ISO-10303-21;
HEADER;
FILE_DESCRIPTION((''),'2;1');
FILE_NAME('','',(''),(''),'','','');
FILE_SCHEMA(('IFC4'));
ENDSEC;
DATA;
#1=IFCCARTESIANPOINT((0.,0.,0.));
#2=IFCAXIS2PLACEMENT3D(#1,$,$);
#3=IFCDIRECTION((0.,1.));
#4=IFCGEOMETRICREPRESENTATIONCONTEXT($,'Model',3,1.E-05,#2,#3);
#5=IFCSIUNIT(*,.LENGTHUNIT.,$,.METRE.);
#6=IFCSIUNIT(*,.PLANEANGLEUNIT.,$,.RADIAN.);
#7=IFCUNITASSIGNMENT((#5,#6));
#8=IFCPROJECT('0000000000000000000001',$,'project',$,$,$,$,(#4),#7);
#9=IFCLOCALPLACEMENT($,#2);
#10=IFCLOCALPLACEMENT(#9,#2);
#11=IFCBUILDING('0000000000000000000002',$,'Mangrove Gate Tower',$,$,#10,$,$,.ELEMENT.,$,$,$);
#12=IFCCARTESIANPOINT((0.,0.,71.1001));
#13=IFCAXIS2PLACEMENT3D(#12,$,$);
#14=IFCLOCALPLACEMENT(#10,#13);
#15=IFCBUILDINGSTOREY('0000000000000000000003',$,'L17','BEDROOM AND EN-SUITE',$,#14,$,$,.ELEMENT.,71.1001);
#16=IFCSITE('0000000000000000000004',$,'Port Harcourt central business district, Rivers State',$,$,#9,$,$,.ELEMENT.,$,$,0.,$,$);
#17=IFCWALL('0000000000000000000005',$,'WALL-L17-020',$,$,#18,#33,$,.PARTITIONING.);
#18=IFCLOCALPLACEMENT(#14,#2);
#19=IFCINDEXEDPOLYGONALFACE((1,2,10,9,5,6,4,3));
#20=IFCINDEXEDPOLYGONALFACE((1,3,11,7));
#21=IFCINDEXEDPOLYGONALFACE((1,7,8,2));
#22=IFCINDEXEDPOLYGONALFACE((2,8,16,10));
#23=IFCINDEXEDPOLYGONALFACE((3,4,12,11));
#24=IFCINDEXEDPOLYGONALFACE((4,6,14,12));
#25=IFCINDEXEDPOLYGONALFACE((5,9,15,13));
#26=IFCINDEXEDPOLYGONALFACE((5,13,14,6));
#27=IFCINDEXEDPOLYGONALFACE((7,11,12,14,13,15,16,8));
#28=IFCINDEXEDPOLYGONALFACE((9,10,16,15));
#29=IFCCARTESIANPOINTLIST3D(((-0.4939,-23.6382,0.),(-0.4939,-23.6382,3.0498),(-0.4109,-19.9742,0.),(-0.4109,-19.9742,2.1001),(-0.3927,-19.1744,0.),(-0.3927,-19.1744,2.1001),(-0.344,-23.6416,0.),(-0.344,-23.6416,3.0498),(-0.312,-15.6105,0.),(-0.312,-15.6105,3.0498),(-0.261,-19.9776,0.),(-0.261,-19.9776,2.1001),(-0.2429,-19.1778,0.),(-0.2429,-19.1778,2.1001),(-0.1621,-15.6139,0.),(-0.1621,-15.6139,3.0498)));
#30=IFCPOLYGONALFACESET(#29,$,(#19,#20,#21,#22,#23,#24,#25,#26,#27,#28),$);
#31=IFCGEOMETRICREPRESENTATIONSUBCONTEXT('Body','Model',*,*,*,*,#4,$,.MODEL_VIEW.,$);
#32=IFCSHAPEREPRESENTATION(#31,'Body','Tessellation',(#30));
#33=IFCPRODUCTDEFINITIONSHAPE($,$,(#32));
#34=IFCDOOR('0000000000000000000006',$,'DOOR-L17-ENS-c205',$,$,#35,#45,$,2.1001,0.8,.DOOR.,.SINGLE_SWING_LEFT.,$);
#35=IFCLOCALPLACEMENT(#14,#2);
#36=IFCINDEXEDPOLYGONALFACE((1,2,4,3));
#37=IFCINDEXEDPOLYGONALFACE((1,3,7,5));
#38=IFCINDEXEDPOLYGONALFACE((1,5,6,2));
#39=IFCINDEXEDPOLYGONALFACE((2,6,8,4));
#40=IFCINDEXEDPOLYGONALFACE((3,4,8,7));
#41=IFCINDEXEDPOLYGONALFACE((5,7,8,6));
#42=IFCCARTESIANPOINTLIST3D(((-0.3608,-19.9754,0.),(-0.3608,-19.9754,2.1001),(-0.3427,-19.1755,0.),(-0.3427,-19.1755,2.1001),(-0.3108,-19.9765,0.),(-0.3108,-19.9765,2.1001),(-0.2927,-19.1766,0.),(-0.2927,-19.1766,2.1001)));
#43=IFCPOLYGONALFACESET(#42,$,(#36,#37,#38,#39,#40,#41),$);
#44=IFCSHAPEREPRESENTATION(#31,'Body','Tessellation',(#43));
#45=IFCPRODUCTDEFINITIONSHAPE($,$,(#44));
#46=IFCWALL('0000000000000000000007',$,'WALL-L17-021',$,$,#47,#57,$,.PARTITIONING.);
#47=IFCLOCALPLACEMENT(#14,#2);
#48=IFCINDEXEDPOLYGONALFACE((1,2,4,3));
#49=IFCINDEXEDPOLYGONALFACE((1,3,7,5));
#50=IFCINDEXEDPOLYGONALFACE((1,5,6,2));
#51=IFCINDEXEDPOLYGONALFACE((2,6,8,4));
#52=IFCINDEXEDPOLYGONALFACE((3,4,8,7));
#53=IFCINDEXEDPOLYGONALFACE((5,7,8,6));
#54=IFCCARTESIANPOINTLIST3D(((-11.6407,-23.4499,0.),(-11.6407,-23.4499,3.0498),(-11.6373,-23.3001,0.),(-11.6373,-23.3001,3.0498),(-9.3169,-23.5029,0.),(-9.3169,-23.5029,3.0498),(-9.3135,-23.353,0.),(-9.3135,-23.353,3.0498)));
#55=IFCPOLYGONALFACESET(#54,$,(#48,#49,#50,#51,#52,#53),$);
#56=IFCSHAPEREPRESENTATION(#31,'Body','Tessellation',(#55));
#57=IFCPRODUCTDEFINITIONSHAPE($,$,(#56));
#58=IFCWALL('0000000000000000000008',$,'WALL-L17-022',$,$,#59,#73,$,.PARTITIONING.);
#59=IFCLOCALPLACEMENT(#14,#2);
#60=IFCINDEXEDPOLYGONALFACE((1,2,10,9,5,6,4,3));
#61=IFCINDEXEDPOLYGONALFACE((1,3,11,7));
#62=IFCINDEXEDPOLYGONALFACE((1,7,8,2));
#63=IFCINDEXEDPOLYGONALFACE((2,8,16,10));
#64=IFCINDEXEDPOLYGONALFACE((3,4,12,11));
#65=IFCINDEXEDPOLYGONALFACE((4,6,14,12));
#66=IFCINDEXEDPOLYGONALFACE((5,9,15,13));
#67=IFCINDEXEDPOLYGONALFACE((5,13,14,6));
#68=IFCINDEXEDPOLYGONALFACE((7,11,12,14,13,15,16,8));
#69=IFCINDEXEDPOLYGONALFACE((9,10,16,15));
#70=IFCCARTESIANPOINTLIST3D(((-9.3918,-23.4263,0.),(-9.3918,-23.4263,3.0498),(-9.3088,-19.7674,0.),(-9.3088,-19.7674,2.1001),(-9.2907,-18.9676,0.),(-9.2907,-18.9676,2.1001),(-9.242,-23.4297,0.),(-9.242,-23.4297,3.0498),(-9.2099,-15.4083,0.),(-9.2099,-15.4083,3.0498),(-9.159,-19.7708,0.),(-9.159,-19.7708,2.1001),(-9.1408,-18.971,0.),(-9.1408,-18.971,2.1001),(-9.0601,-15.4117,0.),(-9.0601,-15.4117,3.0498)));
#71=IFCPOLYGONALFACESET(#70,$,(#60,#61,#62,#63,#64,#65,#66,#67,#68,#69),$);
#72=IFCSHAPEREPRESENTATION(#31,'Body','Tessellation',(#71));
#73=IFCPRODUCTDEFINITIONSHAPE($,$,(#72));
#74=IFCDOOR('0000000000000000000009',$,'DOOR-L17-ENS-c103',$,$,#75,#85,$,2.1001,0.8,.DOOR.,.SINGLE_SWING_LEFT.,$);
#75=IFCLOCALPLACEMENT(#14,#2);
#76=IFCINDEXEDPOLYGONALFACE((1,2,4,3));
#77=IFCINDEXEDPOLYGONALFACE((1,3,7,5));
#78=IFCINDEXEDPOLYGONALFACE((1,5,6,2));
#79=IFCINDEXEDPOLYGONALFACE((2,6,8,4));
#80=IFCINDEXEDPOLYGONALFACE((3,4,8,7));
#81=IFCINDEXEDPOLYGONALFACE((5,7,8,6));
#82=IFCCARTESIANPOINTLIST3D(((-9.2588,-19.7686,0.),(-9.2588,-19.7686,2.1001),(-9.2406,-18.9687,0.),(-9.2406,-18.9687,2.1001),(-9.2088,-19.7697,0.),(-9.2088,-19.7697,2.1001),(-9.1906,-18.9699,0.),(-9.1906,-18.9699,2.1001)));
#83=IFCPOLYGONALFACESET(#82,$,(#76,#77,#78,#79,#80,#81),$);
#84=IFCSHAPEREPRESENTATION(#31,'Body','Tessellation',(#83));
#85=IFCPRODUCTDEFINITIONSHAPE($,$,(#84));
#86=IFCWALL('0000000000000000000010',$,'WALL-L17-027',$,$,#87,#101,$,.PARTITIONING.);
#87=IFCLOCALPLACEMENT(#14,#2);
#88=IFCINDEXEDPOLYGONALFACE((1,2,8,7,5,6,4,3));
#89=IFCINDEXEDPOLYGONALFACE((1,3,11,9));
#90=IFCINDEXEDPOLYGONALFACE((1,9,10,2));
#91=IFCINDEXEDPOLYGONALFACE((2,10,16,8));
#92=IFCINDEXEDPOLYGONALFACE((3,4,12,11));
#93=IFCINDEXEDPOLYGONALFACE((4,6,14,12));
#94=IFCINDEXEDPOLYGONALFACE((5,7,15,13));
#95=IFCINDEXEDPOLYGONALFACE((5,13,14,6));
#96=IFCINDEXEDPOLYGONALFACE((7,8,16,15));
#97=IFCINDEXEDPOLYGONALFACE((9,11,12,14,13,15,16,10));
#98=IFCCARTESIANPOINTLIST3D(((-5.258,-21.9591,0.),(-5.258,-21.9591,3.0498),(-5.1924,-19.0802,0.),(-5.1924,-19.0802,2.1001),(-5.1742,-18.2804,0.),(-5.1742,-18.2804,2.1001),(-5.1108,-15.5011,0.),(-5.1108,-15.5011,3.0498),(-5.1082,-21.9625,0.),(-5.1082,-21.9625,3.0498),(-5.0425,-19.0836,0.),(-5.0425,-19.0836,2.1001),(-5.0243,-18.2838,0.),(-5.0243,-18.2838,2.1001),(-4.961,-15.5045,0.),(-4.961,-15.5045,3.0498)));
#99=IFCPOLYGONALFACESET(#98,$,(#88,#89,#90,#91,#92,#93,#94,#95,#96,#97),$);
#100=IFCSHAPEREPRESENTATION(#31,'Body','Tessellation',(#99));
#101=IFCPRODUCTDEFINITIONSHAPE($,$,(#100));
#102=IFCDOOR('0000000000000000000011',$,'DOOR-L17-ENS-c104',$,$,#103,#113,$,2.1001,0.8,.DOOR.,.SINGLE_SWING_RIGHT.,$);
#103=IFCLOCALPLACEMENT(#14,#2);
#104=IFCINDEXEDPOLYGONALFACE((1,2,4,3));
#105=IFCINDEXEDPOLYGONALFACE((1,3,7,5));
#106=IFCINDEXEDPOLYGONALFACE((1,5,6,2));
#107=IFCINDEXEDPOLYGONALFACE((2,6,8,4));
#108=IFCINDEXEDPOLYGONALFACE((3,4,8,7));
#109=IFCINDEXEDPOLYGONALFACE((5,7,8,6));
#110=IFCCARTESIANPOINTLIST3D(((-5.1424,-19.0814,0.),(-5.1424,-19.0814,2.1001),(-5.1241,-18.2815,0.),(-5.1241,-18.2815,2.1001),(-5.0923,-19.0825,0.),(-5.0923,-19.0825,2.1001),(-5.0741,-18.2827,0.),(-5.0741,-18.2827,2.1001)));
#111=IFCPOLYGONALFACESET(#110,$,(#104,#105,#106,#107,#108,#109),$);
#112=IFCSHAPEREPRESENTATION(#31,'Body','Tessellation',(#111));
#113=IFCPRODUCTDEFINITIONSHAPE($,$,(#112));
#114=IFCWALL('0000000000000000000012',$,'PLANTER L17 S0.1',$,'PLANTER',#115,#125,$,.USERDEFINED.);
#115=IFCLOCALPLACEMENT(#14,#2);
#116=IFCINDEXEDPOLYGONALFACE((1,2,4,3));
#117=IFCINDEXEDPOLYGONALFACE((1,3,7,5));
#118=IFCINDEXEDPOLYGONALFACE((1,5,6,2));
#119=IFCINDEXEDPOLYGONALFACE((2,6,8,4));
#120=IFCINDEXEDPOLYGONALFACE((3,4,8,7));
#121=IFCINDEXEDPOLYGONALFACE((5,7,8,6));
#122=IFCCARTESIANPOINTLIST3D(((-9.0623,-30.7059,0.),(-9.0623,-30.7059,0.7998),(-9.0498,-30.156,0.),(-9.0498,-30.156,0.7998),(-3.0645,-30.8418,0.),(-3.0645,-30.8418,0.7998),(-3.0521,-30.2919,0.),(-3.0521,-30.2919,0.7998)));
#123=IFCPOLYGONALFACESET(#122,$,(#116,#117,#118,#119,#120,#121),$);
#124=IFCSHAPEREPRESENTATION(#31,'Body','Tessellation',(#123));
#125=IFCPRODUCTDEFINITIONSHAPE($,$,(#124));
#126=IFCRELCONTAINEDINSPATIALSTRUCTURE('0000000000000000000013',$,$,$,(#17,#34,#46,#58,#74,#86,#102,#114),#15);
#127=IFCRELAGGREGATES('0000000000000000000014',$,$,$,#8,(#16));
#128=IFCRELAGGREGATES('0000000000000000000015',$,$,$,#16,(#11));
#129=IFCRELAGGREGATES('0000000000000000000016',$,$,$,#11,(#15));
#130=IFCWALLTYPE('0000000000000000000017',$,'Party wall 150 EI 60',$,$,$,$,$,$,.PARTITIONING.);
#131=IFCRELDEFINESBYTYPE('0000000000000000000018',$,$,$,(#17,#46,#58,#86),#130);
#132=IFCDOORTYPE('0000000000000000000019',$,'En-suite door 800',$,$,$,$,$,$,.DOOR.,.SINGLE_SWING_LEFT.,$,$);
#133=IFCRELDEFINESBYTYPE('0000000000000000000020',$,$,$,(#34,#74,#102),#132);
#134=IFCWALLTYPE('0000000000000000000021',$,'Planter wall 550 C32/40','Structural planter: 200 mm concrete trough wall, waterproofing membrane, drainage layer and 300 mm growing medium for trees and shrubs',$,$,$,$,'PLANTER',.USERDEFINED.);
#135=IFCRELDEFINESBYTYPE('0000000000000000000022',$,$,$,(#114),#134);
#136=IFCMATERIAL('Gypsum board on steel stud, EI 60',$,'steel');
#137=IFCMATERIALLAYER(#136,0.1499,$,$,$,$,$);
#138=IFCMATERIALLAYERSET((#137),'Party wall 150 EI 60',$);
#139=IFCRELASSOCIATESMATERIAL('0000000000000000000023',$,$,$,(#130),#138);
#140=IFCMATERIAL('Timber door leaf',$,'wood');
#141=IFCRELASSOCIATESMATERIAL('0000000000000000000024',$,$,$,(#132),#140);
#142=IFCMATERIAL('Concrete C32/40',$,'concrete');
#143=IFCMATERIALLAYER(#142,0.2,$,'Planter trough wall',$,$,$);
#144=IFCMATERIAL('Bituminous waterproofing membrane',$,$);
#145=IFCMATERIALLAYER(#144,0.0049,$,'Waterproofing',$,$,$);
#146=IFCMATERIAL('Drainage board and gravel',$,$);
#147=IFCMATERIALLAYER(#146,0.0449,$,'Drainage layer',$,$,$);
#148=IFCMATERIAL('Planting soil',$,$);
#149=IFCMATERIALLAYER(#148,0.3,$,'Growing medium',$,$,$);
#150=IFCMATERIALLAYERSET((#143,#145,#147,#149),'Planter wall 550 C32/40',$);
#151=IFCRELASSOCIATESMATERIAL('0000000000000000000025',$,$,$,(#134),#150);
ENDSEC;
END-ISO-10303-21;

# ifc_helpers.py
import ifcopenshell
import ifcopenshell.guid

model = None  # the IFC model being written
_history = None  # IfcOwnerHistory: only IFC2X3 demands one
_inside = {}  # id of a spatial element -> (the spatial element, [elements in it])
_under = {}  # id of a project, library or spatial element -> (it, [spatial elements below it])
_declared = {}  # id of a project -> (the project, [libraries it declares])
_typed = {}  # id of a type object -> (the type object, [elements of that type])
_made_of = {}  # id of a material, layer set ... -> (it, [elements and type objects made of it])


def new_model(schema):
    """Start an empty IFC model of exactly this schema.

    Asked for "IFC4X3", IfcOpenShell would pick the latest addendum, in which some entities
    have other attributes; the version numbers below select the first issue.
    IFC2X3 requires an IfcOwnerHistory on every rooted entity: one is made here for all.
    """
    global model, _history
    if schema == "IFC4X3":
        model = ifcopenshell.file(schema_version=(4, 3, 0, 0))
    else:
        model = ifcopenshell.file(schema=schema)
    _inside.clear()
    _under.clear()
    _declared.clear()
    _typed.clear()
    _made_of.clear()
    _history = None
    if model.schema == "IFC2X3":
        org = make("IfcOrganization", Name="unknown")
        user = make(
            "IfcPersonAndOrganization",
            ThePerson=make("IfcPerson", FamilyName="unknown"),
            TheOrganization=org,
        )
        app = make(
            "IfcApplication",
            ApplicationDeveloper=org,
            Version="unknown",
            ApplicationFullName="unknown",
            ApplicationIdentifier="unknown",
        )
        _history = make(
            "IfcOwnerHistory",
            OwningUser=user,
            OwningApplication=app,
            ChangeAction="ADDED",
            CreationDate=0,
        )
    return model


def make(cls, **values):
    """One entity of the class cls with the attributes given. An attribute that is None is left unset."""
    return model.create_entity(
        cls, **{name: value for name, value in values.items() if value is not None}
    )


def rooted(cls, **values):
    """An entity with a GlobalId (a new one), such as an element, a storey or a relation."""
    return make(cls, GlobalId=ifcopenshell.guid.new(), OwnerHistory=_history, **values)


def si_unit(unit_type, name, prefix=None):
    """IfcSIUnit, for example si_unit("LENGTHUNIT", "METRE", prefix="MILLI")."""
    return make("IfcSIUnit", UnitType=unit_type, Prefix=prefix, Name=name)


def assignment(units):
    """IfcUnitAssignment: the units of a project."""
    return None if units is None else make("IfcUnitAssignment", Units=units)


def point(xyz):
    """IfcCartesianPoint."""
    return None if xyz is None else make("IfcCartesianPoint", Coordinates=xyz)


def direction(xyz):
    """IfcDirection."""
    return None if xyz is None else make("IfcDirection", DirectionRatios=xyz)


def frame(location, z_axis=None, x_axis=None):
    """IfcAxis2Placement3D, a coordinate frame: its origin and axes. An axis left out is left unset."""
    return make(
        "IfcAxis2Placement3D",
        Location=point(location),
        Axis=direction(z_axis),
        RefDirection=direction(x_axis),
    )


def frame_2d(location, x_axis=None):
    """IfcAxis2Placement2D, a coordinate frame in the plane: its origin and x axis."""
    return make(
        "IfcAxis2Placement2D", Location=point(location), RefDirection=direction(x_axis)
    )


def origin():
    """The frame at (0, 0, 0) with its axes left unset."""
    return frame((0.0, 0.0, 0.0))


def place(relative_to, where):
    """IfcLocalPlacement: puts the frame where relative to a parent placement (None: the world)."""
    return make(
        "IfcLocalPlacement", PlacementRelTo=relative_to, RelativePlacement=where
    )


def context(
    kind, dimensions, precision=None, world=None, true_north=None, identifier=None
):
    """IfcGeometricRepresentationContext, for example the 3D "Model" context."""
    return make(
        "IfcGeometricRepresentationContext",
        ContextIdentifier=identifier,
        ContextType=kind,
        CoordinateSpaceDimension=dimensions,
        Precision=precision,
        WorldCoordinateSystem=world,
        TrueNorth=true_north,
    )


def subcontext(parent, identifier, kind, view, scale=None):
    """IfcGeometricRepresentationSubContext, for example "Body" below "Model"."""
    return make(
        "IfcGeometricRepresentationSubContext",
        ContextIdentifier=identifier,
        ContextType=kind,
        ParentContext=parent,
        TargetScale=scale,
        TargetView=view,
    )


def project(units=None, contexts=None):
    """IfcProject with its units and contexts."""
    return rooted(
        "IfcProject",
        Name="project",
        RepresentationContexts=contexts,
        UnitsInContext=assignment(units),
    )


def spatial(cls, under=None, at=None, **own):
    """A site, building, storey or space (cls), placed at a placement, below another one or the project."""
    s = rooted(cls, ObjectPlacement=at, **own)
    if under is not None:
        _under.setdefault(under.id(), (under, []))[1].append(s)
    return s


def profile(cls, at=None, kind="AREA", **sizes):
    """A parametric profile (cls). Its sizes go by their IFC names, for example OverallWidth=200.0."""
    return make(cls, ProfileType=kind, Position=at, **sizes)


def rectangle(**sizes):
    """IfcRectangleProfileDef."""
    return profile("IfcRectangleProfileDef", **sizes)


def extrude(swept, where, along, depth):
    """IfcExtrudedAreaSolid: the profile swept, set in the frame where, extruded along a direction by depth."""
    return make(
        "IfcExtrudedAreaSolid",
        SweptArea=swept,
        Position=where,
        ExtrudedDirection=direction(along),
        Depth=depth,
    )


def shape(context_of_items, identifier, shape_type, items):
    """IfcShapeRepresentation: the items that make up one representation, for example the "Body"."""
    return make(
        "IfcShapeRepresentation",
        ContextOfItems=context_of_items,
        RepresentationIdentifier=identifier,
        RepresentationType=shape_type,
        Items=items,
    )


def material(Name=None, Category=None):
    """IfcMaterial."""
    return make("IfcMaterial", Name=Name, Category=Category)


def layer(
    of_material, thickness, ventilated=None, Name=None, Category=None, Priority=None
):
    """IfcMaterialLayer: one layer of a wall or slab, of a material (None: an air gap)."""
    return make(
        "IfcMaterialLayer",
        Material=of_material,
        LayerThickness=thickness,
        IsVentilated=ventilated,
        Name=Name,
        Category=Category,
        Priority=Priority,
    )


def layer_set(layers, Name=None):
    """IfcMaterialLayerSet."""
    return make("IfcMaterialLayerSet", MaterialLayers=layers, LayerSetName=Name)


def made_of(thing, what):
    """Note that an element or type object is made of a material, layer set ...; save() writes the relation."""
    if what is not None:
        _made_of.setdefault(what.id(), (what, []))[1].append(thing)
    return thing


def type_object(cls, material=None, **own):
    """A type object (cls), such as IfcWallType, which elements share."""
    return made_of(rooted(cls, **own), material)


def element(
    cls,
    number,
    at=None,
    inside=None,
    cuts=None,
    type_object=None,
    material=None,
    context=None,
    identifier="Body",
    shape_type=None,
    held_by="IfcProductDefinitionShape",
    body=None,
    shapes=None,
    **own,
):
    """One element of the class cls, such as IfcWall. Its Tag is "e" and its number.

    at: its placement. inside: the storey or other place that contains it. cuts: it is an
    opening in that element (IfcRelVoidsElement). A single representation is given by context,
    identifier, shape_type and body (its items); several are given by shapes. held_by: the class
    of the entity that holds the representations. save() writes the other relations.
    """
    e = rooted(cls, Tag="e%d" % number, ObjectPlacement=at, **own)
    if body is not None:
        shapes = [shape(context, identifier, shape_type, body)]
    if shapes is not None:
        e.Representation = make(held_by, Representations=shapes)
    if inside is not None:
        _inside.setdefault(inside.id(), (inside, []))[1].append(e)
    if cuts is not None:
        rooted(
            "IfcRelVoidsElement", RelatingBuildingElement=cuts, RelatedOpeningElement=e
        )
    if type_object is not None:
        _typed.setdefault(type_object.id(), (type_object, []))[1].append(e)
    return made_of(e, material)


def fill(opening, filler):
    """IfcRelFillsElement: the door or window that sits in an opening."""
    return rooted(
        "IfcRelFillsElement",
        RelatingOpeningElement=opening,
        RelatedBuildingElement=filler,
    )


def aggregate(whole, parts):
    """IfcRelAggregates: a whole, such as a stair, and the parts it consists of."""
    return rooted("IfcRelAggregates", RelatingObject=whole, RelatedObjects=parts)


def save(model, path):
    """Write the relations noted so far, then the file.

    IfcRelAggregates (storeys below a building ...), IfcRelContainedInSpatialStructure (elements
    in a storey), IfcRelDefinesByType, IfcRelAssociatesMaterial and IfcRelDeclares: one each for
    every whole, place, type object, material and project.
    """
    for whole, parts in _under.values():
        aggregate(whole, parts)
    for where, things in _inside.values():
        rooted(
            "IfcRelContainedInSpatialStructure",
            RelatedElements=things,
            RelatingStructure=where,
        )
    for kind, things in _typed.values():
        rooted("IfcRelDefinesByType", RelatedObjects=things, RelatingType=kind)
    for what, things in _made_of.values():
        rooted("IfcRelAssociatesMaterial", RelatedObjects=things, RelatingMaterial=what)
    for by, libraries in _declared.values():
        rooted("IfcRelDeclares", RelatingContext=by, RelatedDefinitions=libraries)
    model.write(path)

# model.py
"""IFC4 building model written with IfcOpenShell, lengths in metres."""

from ifc_helpers import new_model, si_unit, direction, frame, frame_2d, origin, place, context, subcontext, project, spatial, rectangle, extrude, material, layer, layer_set, type_object, element, fill, save


model = new_model("IFC4")

# Units and contexts
model_context = context("Model", 3, precision=1e-05, world=origin(), true_north=direction((0.0, 1.0)))
body_context = subcontext(model_context, "Body", "Model", "MODEL_VIEW")
ifc_project = project(units=[si_unit("LENGTHUNIT", "METRE"), si_unit("PLANEANGLEUNIT", "RADIAN")], contexts=[model_context])

# Site, building, storey
site_placement = place(None, origin())
site = spatial("IfcSite", under=ifc_project, at=site_placement, Name="Port Harcourt central business district, Rivers State", CompositionType="ELEMENT", RefElevation=0.0)
building_placement = place(site_placement, origin())
building = spatial("IfcBuilding", under=site, at=building_placement, Name="Mangrove Gate Tower", CompositionType="ELEMENT")
storey_placement = place(building_placement, frame((0.0, 0.0, 71.1001)))
storey = spatial("IfcBuildingStorey", under=building, at=storey_placement, Name="L17", Description="BEDROOM AND EN-SUITE", CompositionType="ELEMENT", Elevation=71.1001)

# Shared definitions
ifc_material_1 = material(Name="Gypsum board on steel stud, EI 60", Category="steel")
ifc_layer_1 = layer(ifc_material_1, 0.1499)
ifc_layer_set_1 = layer_set([ifc_layer_1], Name="Party wall 150 EI 60")
wall_type_1 = type_object("IfcWallType", Name="Party wall 150 EI 60", PredefinedType="PARTITIONING", material=ifc_layer_set_1)

# Shared definitions
ifc_material_2 = material(Name="Timber door leaf", Category="wood")
door_type = type_object("IfcDoorType", Name="En-suite door 800", OperationType="SINGLE_SWING_LEFT", PredefinedType="DOOR", material=ifc_material_2)

# Wall, opening, door
wall_1_placement = place(storey_placement, frame((-0.4189, -23.6399, 0.0), z_axis=(0.0, 0.0, 1.0), x_axis=(0.022651, 0.999743, 0.0)))
wall_1 = element("IfcWall", 1, at=wall_1_placement, inside=storey, type_object=wall_type_1, Name="WALL-L17-020", PredefinedType="PARTITIONING", context=body_context, shape_type="SweptSolid", body=[
    extrude(rectangle(XDim=8.0298, YDim=0.1499, at=frame_2d((4.0149, 0.0))), origin(), (0.0, 0.0, 1.0), 3.0498),
])
opening_1_placement = place(wall_1_placement, frame((3.665, 0.0, 0.0)))
opening_1 = element("IfcOpeningElement", 2, at=opening_1_placement, cuts=wall_1, PredefinedType="OPENING", context=body_context, shape_type="SweptSolid", body=[
    extrude(rectangle(XDim=0.8, YDim=2.1001, at=frame_2d((0.3999, 1.05))), frame((0.0, 0.085, 0.0), z_axis=(0.0, -1.0, 0.0), x_axis=(1.0, 0.0, 0.0)), (0.0, 0.0, 1.0), 0.1699),
])
door_1_placement = place(opening_1_placement, origin())
door_1 = element("IfcDoor", 3, at=door_1_placement, inside=storey, type_object=door_type, Name="DOOR-L17-ENS-c205", OperationType="SINGLE_SWING_LEFT", OverallHeight=2.1001, OverallWidth=0.8, PredefinedType="DOOR", context=body_context, shape_type="SweptSolid", body=[
    extrude(rectangle(XDim=0.8, YDim=2.1001, at=frame_2d((0.3999, 1.05))), frame((0.0, 0.0249, 0.0), z_axis=(0.0, -1.0, 0.0), x_axis=(1.0, 0.0, 0.0)), (0.0, 0.0, 1.0), 0.05),
])
fill(opening_1, door_1)

# Wall
wall_2_placement = place(storey_placement, frame((-11.6389, -23.375, 0.0), z_axis=(0.0, 0.0, 1.0), x_axis=(0.99974, -0.022791, 0.0)))
element("IfcWall", 4, at=wall_2_placement, inside=storey, type_object=wall_type_1, Name="WALL-L17-021", PredefinedType="PARTITIONING", context=body_context, shape_type="SweptSolid", body=[
    extrude(rectangle(XDim=2.3245, YDim=0.1499, at=frame_2d((1.1621, 0.0))), origin(), (0.0, 0.0, 1.0), 3.0498),
])

# Walls, openings, doors
wall_3_placement = place(storey_placement, frame((-9.3169, -23.428, 0.0), z_axis=(0.0, 0.0, 1.0), x_axis=(0.022679, 0.999743, 0.0)))
wall_3 = element("IfcWall", 5, at=wall_3_placement, inside=storey, type_object=wall_type_1, Name="WALL-L17-022", PredefinedType="PARTITIONING", context=body_context, shape_type="SweptSolid", body=[
    extrude(rectangle(XDim=8.02, YDim=0.1499, at=frame_2d((4.01, 0.0))), origin(), (0.0, 0.0, 1.0), 3.0498),
])
opening_2_placement = place(wall_3_placement, frame((3.6599, 0.0, 0.0)))
opening_2 = element("IfcOpeningElement", 6, at=opening_2_placement, cuts=wall_3, PredefinedType="OPENING", context=body_context, shape_type="SweptSolid", body=[
    extrude(rectangle(XDim=0.8, YDim=2.1001, at=frame_2d((0.3999, 1.05))), frame((0.0, 0.085, 0.0), z_axis=(0.0, -1.0, 0.0), x_axis=(1.0, 0.0, 0.0)), (0.0, 0.0, 1.0), 0.1699),
])
door_2_placement = place(opening_2_placement, origin())
door_2 = element("IfcDoor", 7, at=door_2_placement, inside=storey, type_object=door_type, Name="DOOR-L17-ENS-c103", OperationType="SINGLE_SWING_LEFT", OverallHeight=2.1001, OverallWidth=0.8, PredefinedType="DOOR", context=body_context, shape_type="SweptSolid", body=[
    extrude(rectangle(XDim=0.8, YDim=2.1001, at=frame_2d((0.3999, 1.05))), frame((0.0, 0.0249, 0.0), z_axis=(0.0, -1.0, 0.0), x_axis=(1.0, 0.0, 0.0)), (0.0, 0.0, 1.0), 0.05),
])
fill(opening_2, door_2)
wall_4_placement = place(storey_placement, frame((-5.1831, -21.9609, 0.0), z_axis=(0.0, 0.0, 1.0), x_axis=(0.02279, 0.99974, 0.0)))
wall_4 = element("IfcWall", 8, at=wall_4_placement, inside=storey, type_object=wall_type_1, Name="WALL-L17-027", PredefinedType="PARTITIONING", context=body_context, shape_type="SweptSolid", body=[
    extrude(rectangle(XDim=6.4597, YDim=0.1499, at=frame_2d((3.23, 0.0))), origin(), (0.0, 0.0, 1.0), 3.0498),
])
opening_3_placement = place(wall_4_placement, frame((2.8799, 0.0, 0.0)))
opening_3 = element("IfcOpeningElement", 9, at=opening_3_placement, cuts=wall_4, PredefinedType="OPENING", context=body_context, shape_type="SweptSolid", body=[
    extrude(rectangle(XDim=0.8, YDim=2.1001, at=frame_2d((0.3999, 1.05))), frame((0.0, 0.085, 0.0), z_axis=(0.0, -1.0, 0.0), x_axis=(1.0, 0.0, 0.0)), (0.0, 0.0, 1.0), 0.1699),
])
door_3_placement = place(opening_3_placement, origin())
door_3 = element("IfcDoor", 10, at=door_3_placement, inside=storey, type_object=door_type, Name="DOOR-L17-ENS-c104", OperationType="SINGLE_SWING_RIGHT", OverallHeight=2.1001, OverallWidth=0.8, PredefinedType="DOOR", context=body_context, shape_type="SweptSolid", body=[
    extrude(rectangle(XDim=0.8, YDim=2.1001, at=frame_2d((0.3999, 1.05))), frame((0.0, 0.0249, 0.0), z_axis=(0.0, -1.0, 0.0), x_axis=(1.0, 0.0, 0.0)), (0.0, 0.0, 1.0), 0.05),
])
fill(opening_3, door_3)

# Wall
ifc_material_3 = material(Name="Concrete C32/40", Category="concrete")
ifc_layer_2 = layer(ifc_material_3, 0.2, Name="Planter trough wall")
ifc_material_4 = material(Name="Bituminous waterproofing membrane")
ifc_layer_3 = layer(ifc_material_4, 0.0049, Name="Waterproofing")
ifc_material_5 = material(Name="Drainage board and gravel")
ifc_layer_4 = layer(ifc_material_5, 0.0449, Name="Drainage layer")
ifc_material_6 = material(Name="Planting soil")
ifc_layer_5 = layer(ifc_material_6, 0.3, Name="Growing medium")
ifc_layer_set_2 = layer_set([ifc_layer_2, ifc_layer_3, ifc_layer_4, ifc_layer_5], Name="Planter wall 550 C32/40")
wall_type_2 = type_object("IfcWallType", Name="Planter wall 550 C32/40", Description="Structural planter: 200 mm concrete trough wall, waterproofing membrane, drainage layer and 300 mm growing medium for trees and shrubs", ElementType="PLANTER", PredefinedType="USERDEFINED", material=ifc_layer_set_2)
wall_5_placement = place(storey_placement, frame((-9.0559, -30.4309, 0.0), z_axis=(0.0, 0.0, 1.0), x_axis=(0.999743, -0.022667, 0.0)))
element("IfcWall", 11, at=wall_5_placement, inside=storey, type_object=wall_type_2, Name="PLANTER L17 S0.1", ObjectType="PLANTER", PredefinedType="USERDEFINED", context=body_context, shape_type="SweptSolid", body=[
    extrude(rectangle(XDim=5.9993, YDim=0.55, at=frame_2d((2.9995, 0.0))), origin(), (0.0, 0.0, 1.0), 0.7998),
])

save(model, "model.ifc")
